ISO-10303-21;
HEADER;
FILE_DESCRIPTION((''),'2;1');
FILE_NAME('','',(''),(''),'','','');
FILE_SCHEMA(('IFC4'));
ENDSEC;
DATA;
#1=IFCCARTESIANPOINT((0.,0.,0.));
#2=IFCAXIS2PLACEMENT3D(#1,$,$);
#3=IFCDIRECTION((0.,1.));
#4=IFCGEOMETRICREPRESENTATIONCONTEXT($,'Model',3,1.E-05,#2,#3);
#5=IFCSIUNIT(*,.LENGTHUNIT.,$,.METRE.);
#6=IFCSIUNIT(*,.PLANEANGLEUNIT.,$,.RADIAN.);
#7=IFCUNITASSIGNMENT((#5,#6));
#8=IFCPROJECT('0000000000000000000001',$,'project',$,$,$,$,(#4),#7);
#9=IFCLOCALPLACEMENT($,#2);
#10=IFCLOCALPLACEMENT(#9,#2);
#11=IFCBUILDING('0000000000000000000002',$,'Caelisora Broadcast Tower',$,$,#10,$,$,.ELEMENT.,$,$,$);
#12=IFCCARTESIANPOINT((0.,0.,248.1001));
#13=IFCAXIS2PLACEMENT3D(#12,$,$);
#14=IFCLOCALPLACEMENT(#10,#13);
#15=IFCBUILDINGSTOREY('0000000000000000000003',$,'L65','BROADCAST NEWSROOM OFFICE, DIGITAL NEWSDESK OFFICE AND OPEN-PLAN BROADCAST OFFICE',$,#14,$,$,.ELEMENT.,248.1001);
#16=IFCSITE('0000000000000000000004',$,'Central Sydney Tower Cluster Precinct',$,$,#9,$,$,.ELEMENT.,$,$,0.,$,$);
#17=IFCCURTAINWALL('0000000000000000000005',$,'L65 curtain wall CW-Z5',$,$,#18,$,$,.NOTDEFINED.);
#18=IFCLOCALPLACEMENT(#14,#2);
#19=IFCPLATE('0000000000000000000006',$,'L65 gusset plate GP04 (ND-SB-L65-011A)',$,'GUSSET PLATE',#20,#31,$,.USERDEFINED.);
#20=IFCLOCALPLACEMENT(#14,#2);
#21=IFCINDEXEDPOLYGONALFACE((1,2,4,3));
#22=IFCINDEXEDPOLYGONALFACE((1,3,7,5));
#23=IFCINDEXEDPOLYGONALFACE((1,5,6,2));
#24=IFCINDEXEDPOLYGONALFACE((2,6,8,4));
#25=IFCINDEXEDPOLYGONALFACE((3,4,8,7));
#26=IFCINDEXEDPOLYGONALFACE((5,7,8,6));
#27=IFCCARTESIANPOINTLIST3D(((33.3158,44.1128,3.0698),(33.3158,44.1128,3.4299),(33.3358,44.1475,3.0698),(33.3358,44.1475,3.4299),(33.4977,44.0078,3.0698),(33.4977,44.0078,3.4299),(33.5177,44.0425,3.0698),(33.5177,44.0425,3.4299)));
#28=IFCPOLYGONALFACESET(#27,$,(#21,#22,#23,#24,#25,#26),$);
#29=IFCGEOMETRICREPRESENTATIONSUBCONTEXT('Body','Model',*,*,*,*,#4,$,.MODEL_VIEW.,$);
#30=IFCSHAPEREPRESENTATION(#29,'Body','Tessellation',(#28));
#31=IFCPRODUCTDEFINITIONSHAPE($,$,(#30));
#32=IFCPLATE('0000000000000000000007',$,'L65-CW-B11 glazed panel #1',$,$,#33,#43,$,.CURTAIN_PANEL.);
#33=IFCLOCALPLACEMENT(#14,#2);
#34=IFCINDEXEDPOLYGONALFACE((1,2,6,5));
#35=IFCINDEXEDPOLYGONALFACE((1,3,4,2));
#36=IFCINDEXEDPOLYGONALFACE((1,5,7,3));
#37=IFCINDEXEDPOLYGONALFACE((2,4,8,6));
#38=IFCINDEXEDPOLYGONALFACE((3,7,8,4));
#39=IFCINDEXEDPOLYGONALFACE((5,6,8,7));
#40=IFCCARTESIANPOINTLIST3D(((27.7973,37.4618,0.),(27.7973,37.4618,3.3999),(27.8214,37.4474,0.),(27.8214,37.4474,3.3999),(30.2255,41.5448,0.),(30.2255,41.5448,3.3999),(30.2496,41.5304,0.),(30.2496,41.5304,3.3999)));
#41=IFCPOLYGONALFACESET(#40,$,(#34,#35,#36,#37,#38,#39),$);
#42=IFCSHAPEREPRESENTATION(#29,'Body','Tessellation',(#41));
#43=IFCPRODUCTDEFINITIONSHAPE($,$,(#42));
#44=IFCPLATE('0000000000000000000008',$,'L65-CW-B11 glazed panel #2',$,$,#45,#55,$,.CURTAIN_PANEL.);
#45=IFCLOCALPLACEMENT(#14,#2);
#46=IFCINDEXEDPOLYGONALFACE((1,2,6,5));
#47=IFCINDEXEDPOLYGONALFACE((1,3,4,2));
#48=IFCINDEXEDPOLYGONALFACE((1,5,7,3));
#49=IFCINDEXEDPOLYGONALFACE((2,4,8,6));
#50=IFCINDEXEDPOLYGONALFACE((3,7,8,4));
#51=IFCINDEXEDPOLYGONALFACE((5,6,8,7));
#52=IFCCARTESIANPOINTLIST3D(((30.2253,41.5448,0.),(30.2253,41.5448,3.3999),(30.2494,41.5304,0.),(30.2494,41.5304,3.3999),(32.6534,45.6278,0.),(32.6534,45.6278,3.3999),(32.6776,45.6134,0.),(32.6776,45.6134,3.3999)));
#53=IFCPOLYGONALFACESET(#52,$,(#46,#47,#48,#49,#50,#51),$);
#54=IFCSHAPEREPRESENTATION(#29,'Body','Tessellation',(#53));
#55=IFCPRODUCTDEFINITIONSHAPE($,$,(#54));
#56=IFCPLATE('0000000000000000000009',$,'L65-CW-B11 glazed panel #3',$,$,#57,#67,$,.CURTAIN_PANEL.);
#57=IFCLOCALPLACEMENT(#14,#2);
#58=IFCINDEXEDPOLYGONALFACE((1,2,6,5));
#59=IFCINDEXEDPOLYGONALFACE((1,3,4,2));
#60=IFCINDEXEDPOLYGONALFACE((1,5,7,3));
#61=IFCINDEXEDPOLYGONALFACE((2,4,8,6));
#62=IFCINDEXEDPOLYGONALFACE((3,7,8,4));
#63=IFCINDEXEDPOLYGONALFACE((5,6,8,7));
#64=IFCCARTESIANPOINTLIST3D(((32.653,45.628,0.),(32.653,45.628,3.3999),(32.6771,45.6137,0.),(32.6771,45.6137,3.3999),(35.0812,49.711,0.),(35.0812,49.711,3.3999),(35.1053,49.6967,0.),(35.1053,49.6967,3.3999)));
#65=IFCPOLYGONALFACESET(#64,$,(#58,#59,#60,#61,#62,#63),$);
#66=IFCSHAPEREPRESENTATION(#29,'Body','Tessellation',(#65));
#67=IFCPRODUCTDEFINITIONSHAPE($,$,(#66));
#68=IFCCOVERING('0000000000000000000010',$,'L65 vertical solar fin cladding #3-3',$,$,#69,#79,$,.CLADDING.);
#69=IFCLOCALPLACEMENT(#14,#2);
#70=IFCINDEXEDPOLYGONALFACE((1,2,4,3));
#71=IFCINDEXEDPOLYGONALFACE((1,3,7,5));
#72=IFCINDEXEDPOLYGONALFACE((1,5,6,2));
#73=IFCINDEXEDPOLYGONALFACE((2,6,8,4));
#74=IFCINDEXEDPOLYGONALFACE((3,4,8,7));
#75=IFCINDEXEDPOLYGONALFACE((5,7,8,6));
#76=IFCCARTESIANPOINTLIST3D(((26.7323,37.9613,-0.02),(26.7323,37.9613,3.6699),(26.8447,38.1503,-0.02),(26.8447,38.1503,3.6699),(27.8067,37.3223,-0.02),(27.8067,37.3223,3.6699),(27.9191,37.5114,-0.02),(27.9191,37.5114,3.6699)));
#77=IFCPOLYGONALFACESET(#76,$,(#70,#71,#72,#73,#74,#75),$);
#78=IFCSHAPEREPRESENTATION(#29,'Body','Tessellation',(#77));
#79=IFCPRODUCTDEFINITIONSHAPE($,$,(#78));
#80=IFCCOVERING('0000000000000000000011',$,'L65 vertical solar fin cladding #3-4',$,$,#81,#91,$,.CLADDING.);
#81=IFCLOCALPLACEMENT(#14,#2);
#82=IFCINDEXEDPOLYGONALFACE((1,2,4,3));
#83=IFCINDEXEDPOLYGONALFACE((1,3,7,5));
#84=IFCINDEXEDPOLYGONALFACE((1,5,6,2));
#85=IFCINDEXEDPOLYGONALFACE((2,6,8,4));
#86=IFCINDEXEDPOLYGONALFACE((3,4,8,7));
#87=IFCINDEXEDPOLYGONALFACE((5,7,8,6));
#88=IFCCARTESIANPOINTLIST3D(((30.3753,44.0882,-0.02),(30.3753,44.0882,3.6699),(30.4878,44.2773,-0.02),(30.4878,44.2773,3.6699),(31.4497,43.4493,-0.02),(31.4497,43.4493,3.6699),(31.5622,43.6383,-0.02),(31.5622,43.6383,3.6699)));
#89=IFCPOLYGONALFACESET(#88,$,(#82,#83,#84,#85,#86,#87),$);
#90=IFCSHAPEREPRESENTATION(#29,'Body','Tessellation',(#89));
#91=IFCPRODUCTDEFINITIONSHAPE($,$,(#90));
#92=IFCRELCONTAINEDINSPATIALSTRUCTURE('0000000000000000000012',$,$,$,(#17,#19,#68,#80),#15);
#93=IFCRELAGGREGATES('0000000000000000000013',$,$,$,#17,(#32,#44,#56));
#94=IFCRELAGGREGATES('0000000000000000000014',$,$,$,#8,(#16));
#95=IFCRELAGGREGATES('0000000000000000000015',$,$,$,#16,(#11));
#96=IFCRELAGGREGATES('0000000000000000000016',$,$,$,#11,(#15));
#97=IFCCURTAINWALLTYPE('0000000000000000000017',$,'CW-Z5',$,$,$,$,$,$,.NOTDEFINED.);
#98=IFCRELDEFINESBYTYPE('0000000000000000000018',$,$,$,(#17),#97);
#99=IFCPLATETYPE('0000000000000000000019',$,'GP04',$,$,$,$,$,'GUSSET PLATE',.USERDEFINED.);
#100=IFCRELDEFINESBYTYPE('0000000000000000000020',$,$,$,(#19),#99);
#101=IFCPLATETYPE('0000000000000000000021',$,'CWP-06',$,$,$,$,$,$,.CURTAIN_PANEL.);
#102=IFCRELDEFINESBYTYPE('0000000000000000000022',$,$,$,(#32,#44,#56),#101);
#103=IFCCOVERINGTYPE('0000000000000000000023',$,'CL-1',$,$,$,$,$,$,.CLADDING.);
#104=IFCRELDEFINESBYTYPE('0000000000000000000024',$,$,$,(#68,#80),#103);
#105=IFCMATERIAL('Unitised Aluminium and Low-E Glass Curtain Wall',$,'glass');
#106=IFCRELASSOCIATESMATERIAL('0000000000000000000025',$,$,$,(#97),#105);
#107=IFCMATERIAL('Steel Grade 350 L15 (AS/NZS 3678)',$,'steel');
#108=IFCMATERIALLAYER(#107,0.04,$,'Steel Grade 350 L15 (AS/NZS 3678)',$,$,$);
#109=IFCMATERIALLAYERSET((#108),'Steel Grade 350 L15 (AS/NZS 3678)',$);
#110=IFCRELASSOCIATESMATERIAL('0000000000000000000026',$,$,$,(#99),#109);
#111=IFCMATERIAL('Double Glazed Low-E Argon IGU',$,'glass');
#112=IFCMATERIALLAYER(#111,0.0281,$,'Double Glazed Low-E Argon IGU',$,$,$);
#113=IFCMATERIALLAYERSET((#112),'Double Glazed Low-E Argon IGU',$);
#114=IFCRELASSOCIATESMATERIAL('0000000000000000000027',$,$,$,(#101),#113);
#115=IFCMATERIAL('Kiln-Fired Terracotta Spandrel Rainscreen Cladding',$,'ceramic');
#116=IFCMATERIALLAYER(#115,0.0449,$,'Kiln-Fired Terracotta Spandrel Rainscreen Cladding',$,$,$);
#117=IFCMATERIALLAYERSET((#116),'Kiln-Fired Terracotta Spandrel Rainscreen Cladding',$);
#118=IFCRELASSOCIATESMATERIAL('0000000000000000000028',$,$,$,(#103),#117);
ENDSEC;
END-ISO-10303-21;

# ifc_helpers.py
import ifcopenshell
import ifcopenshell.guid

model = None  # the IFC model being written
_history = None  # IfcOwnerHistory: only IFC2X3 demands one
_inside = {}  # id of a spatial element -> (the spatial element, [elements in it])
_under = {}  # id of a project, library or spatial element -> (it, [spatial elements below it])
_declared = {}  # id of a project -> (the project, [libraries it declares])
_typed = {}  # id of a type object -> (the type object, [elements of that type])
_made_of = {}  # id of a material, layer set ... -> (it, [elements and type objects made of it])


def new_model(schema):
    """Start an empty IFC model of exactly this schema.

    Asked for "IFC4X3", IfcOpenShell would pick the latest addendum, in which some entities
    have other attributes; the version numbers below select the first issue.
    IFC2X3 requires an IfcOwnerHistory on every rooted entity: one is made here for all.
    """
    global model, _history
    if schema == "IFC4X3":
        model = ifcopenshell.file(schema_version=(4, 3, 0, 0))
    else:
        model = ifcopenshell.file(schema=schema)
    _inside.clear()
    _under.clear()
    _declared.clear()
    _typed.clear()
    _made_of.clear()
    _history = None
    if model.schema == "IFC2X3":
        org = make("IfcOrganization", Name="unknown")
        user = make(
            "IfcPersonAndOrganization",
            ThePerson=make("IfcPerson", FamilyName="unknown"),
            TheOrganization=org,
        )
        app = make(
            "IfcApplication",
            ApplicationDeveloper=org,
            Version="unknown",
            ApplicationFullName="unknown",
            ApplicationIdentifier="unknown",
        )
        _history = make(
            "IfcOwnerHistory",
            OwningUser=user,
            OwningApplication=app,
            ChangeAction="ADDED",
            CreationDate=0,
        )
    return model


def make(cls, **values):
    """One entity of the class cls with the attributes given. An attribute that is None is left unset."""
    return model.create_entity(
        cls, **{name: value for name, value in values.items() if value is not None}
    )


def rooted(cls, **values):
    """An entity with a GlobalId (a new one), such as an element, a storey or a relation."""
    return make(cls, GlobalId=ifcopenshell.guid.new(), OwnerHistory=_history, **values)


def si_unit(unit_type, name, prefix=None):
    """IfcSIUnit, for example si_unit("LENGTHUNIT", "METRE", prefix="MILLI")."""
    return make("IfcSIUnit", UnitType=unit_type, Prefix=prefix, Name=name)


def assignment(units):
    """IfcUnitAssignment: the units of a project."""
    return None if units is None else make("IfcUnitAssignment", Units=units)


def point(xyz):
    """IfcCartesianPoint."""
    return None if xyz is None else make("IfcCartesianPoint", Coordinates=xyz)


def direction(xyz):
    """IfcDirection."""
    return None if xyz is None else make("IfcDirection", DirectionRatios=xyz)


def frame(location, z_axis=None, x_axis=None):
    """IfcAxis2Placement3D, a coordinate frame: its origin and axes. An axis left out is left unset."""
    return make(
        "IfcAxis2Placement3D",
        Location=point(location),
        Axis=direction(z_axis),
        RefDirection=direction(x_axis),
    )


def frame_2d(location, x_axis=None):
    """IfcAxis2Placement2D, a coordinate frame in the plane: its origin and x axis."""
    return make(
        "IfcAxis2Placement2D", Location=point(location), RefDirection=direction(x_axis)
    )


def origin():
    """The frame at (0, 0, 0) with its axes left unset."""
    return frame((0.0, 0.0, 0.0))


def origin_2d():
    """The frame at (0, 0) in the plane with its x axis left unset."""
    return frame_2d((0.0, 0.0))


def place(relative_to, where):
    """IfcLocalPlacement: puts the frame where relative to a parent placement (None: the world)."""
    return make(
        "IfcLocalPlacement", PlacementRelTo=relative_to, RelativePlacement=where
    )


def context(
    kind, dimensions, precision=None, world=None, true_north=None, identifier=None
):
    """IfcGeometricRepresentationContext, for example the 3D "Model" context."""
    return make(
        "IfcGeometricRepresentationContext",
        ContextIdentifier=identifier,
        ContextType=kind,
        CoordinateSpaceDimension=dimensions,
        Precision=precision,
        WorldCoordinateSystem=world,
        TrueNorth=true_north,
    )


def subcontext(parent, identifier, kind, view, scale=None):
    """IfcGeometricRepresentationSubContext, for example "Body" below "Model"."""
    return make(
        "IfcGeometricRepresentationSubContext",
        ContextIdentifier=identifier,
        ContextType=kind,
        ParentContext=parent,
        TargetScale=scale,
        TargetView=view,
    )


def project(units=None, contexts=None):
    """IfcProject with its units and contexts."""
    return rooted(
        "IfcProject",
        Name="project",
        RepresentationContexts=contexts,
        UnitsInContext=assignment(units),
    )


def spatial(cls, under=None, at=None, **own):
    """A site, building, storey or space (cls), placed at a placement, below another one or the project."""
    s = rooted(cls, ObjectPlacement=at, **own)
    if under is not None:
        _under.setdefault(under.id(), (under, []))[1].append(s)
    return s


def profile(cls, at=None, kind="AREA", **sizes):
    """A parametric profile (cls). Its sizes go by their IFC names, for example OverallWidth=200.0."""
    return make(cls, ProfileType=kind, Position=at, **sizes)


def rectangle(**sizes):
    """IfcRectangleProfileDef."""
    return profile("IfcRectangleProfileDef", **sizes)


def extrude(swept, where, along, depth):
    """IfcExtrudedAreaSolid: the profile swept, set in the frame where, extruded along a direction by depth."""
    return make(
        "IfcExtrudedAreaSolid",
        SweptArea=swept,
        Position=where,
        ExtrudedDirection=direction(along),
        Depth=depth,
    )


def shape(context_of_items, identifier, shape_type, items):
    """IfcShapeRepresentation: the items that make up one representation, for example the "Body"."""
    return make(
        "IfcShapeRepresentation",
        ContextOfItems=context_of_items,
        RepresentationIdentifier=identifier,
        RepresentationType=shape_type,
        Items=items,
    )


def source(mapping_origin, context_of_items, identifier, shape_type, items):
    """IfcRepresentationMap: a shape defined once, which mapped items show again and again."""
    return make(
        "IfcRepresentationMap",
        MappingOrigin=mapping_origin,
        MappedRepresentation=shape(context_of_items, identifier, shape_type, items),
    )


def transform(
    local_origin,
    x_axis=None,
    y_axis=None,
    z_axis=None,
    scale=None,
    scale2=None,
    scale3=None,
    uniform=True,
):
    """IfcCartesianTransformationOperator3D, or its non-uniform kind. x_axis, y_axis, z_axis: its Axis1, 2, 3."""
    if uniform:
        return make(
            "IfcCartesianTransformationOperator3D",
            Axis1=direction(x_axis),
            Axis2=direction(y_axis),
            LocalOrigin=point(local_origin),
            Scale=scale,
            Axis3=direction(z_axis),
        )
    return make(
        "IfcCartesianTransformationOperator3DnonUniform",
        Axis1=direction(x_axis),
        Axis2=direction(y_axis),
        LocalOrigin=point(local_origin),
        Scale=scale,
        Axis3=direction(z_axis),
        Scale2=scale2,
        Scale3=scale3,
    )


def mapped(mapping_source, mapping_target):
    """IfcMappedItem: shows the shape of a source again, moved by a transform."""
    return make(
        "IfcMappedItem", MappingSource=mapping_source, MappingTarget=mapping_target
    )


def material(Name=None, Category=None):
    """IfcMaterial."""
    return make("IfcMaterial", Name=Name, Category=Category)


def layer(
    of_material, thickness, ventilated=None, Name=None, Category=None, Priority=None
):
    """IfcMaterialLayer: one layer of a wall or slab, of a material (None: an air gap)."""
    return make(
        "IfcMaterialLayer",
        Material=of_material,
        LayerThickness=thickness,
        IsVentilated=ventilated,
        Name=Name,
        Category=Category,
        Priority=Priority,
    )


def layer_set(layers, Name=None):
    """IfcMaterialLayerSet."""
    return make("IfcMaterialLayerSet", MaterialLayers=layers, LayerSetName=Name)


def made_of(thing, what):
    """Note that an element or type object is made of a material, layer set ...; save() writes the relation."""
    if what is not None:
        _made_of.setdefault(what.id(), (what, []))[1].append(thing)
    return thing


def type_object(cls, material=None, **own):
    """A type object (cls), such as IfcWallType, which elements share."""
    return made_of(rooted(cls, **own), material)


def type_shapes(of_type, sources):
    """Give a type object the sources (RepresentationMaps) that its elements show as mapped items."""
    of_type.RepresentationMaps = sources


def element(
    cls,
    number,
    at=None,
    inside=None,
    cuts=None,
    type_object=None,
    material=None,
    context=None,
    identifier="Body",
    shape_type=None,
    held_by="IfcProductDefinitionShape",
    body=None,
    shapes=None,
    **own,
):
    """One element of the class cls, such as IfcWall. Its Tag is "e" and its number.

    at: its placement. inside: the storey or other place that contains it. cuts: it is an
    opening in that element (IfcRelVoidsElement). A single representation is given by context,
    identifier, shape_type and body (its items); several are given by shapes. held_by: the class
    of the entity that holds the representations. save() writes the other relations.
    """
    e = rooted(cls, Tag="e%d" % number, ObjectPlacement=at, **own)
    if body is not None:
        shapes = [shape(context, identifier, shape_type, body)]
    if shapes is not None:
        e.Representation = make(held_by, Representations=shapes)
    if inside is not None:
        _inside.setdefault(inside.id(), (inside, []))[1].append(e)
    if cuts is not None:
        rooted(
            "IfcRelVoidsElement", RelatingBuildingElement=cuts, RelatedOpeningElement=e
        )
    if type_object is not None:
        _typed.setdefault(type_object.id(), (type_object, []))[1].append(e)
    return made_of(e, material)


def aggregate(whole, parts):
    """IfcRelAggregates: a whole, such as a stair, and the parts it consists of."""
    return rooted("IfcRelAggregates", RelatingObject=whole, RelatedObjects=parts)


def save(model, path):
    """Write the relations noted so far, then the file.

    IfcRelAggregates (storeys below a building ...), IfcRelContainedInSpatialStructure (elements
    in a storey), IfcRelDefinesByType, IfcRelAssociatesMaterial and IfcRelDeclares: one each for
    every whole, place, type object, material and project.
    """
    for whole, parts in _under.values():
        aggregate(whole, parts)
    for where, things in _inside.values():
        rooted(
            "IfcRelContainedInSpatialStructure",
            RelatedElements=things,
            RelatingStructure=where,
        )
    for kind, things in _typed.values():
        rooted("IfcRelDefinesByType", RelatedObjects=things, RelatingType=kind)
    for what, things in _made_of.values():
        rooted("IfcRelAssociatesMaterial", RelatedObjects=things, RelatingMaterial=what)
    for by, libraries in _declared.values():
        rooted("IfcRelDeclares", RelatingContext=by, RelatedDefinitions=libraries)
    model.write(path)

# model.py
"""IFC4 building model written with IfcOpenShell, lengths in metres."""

from ifc_helpers import new_model, si_unit, direction, frame, origin, origin_2d, place, context, subcontext, project, spatial, rectangle, extrude, source, transform, mapped, material, layer, layer_set, type_object, type_shapes, element, aggregate, save


model = new_model("IFC4")

# Units and contexts
model_context = context("Model", 3, precision=1e-05, world=origin(), true_north=direction((0.0, 1.0)))
body_context = subcontext(model_context, "Body", "Model", "MODEL_VIEW")
ifc_project = project(units=[si_unit("LENGTHUNIT", "METRE"), si_unit("PLANEANGLEUNIT", "RADIAN")], contexts=[model_context])

# Site, building, storey
site_placement = place(None, origin())
site = spatial("IfcSite", under=ifc_project, at=site_placement, Name="Central Sydney Tower Cluster Precinct", CompositionType="ELEMENT", RefElevation=0.0)
building_placement = place(site_placement, origin())
building = spatial("IfcBuilding", under=site, at=building_placement, Name="Caelisora Broadcast Tower", CompositionType="ELEMENT")
storey_placement = place(building_placement, frame((0.0, 0.0, 248.1001)))
storey = spatial("IfcBuildingStorey", under=building, at=storey_placement, Name="L65", Description="BROADCAST NEWSROOM OFFICE, DIGITAL NEWSDESK OFFICE AND OPEN-PLAN BROADCAST OFFICE", CompositionType="ELEMENT", Elevation=248.1001)

# Shared definitions
ifc_material_1 = material(Name="Steel Grade 350 L15 (AS/NZS 3678)", Category="steel")

# Curtain wall
ifc_material_2 = material(Name="Unitised Aluminium and Low-E Glass Curtain Wall", Category="glass")
curtain_wall_type_1 = type_object("IfcCurtainWallType", Name="CW-Z5", PredefinedType="NOTDEFINED", material=ifc_material_2)
curtain_wall_1_placement = place(storey_placement, origin())
curtain_wall_1 = element("IfcCurtainWall", 1, at=curtain_wall_1_placement, inside=storey, type_object=curtain_wall_type_1, Name="L65 curtain wall CW-Z5", PredefinedType="NOTDEFINED")

# Plate
ifc_layer_1 = layer(ifc_material_1, 0.04, Name="Steel Grade 350 L15 (AS/NZS 3678)")
ifc_layer_set_1 = layer_set([ifc_layer_1], Name="Steel Grade 350 L15 (AS/NZS 3678)")
plate_type_1 = type_object("IfcPlateType", Name="GP04", ElementType="GUSSET PLATE", PredefinedType="USERDEFINED", material=ifc_layer_set_1)
shared_shape_1 = source(origin(), body_context, "Body", "SweptSolid", [
    extrude(rectangle(XDim=0.21, YDim=0.04, at=origin_2d()), origin(), (0.0, 0.0, 1.0), 0.3601),
])
for number, where, z_axis, x_axis, name in (
    (2, (33.4167, 44.0776, 3.0698), (0.0, 0.0, 1.0), (0.866025, -0.5, 0.0), "L65 gusset plate GP04 (ND-SB-L65-011A)"),
):
    element("IfcPlate", number, at=place(storey_placement, frame(where, z_axis=z_axis, x_axis=x_axis)), inside=storey, type_object=plate_type_1, Name=name, ObjectType="GUSSET PLATE", PredefinedType="USERDEFINED", context=body_context, shape_type="MappedRepresentation", body=[
        mapped(shared_shape_1, transform((0.0, 0.0, 0.0), scale=1.0)),
    ])

# Plates
ifc_material_3 = material(Name="Double Glazed Low-E Argon IGU", Category="glass")
ifc_layer_2 = layer(ifc_material_3, 0.0281, Name="Double Glazed Low-E Argon IGU")
ifc_layer_set_2 = layer_set([ifc_layer_2], Name="Double Glazed Low-E Argon IGU")
plate_type_2 = type_object("IfcPlateType", Name="CWP-06", PredefinedType="CURTAIN_PANEL", material=ifc_layer_set_2)
shared_shape_2 = source(origin(), body_context, "Body", "SweptSolid", [
    extrude(rectangle(XDim=4.7505, YDim=0.0281, at=origin_2d()), origin(), (0.0, 0.0, 1.0), 3.3999),
])
type_shapes(plate_type_2, [shared_shape_2])
plate_1_placement = place(storey_placement, frame((29.0234, 39.4961, 0.0), z_axis=(0.0, 0.0, 1.0), x_axis=(0.511143, 0.859496, 0.0)))
plate_1 = element("IfcPlate", 3, at=plate_1_placement, type_object=plate_type_2, Name="L65-CW-B11 glazed panel #1", PredefinedType="CURTAIN_PANEL", context=body_context, shape_type="MappedRepresentation", body=[
    mapped(shared_shape_2, transform((0.0, 0.0, 0.0), scale=1.0)),
])
plate_2_placement = place(storey_placement, frame((31.4514, 43.5791, 0.0), z_axis=(0.0, 0.0, 1.0), x_axis=(0.511143, 0.859496, 0.0)))
plate_2 = element("IfcPlate", 4, at=plate_2_placement, type_object=plate_type_2, Name="L65-CW-B11 glazed panel #2", PredefinedType="CURTAIN_PANEL", context=body_context, shape_type="MappedRepresentation", body=[
    mapped(shared_shape_2, transform((0.0, 0.0, 0.0), scale=1.0)),
])
plate_3_placement = place(storey_placement, frame((33.8792, 47.6624, 0.0), z_axis=(0.0, 0.0, 1.0), x_axis=(0.511143, 0.859496, 0.0)))
plate_3 = element("IfcPlate", 5, at=plate_3_placement, type_object=plate_type_2, Name="L65-CW-B11 glazed panel #3", PredefinedType="CURTAIN_PANEL", context=body_context, shape_type="MappedRepresentation", body=[
    mapped(shared_shape_2, transform((0.0, 0.0, 0.0), scale=1.0)),
])
aggregate(curtain_wall_1, [plate_1, plate_2, plate_3])

# Coverings
ifc_material_4 = material(Name="Kiln-Fired Terracotta Spandrel Rainscreen Cladding", Category="ceramic")
ifc_layer_3 = layer(ifc_material_4, 0.0449, Name="Kiln-Fired Terracotta Spandrel Rainscreen Cladding")
ifc_layer_set_3 = layer_set([ifc_layer_3], Name="Kiln-Fired Terracotta Spandrel Rainscreen Cladding")
covering_type = type_object("IfcCoveringType", Name="CL-1", PredefinedType="CLADDING", material=ifc_layer_set_3)
shared_shape_3 = source(origin(), body_context, "Body", "SweptSolid", [
    extrude(rectangle(XDim=0.22, YDim=1.25, at=origin_2d()), origin(), (0.0, 0.0, 1.0), 3.6899),
])
type_shapes(covering_type, [shared_shape_3])
for number, where, z_axis, x_axis, name in (
    (6, (27.3257, 37.7363, -0.02), (0.0, 0.0, 1.0), (0.511143, 0.859496, 0.0), "L65 vertical solar fin cladding #3-3"),
    (7, (30.9688, 43.8633, -0.02), (0.0, 0.0, 1.0), (0.511143, 0.859496, 0.0), "L65 vertical solar fin cladding #3-4"),
):
    element("IfcCovering", number, at=place(storey_placement, frame(where, z_axis=z_axis, x_axis=x_axis)), inside=storey, type_object=covering_type, Name=name, PredefinedType="CLADDING", context=body_context, shape_type="MappedRepresentation", body=[
        mapped(shared_shape_3, transform((0.0, 0.0, 0.0), scale=1.0)),
    ])

save(model, "model.ifc")
